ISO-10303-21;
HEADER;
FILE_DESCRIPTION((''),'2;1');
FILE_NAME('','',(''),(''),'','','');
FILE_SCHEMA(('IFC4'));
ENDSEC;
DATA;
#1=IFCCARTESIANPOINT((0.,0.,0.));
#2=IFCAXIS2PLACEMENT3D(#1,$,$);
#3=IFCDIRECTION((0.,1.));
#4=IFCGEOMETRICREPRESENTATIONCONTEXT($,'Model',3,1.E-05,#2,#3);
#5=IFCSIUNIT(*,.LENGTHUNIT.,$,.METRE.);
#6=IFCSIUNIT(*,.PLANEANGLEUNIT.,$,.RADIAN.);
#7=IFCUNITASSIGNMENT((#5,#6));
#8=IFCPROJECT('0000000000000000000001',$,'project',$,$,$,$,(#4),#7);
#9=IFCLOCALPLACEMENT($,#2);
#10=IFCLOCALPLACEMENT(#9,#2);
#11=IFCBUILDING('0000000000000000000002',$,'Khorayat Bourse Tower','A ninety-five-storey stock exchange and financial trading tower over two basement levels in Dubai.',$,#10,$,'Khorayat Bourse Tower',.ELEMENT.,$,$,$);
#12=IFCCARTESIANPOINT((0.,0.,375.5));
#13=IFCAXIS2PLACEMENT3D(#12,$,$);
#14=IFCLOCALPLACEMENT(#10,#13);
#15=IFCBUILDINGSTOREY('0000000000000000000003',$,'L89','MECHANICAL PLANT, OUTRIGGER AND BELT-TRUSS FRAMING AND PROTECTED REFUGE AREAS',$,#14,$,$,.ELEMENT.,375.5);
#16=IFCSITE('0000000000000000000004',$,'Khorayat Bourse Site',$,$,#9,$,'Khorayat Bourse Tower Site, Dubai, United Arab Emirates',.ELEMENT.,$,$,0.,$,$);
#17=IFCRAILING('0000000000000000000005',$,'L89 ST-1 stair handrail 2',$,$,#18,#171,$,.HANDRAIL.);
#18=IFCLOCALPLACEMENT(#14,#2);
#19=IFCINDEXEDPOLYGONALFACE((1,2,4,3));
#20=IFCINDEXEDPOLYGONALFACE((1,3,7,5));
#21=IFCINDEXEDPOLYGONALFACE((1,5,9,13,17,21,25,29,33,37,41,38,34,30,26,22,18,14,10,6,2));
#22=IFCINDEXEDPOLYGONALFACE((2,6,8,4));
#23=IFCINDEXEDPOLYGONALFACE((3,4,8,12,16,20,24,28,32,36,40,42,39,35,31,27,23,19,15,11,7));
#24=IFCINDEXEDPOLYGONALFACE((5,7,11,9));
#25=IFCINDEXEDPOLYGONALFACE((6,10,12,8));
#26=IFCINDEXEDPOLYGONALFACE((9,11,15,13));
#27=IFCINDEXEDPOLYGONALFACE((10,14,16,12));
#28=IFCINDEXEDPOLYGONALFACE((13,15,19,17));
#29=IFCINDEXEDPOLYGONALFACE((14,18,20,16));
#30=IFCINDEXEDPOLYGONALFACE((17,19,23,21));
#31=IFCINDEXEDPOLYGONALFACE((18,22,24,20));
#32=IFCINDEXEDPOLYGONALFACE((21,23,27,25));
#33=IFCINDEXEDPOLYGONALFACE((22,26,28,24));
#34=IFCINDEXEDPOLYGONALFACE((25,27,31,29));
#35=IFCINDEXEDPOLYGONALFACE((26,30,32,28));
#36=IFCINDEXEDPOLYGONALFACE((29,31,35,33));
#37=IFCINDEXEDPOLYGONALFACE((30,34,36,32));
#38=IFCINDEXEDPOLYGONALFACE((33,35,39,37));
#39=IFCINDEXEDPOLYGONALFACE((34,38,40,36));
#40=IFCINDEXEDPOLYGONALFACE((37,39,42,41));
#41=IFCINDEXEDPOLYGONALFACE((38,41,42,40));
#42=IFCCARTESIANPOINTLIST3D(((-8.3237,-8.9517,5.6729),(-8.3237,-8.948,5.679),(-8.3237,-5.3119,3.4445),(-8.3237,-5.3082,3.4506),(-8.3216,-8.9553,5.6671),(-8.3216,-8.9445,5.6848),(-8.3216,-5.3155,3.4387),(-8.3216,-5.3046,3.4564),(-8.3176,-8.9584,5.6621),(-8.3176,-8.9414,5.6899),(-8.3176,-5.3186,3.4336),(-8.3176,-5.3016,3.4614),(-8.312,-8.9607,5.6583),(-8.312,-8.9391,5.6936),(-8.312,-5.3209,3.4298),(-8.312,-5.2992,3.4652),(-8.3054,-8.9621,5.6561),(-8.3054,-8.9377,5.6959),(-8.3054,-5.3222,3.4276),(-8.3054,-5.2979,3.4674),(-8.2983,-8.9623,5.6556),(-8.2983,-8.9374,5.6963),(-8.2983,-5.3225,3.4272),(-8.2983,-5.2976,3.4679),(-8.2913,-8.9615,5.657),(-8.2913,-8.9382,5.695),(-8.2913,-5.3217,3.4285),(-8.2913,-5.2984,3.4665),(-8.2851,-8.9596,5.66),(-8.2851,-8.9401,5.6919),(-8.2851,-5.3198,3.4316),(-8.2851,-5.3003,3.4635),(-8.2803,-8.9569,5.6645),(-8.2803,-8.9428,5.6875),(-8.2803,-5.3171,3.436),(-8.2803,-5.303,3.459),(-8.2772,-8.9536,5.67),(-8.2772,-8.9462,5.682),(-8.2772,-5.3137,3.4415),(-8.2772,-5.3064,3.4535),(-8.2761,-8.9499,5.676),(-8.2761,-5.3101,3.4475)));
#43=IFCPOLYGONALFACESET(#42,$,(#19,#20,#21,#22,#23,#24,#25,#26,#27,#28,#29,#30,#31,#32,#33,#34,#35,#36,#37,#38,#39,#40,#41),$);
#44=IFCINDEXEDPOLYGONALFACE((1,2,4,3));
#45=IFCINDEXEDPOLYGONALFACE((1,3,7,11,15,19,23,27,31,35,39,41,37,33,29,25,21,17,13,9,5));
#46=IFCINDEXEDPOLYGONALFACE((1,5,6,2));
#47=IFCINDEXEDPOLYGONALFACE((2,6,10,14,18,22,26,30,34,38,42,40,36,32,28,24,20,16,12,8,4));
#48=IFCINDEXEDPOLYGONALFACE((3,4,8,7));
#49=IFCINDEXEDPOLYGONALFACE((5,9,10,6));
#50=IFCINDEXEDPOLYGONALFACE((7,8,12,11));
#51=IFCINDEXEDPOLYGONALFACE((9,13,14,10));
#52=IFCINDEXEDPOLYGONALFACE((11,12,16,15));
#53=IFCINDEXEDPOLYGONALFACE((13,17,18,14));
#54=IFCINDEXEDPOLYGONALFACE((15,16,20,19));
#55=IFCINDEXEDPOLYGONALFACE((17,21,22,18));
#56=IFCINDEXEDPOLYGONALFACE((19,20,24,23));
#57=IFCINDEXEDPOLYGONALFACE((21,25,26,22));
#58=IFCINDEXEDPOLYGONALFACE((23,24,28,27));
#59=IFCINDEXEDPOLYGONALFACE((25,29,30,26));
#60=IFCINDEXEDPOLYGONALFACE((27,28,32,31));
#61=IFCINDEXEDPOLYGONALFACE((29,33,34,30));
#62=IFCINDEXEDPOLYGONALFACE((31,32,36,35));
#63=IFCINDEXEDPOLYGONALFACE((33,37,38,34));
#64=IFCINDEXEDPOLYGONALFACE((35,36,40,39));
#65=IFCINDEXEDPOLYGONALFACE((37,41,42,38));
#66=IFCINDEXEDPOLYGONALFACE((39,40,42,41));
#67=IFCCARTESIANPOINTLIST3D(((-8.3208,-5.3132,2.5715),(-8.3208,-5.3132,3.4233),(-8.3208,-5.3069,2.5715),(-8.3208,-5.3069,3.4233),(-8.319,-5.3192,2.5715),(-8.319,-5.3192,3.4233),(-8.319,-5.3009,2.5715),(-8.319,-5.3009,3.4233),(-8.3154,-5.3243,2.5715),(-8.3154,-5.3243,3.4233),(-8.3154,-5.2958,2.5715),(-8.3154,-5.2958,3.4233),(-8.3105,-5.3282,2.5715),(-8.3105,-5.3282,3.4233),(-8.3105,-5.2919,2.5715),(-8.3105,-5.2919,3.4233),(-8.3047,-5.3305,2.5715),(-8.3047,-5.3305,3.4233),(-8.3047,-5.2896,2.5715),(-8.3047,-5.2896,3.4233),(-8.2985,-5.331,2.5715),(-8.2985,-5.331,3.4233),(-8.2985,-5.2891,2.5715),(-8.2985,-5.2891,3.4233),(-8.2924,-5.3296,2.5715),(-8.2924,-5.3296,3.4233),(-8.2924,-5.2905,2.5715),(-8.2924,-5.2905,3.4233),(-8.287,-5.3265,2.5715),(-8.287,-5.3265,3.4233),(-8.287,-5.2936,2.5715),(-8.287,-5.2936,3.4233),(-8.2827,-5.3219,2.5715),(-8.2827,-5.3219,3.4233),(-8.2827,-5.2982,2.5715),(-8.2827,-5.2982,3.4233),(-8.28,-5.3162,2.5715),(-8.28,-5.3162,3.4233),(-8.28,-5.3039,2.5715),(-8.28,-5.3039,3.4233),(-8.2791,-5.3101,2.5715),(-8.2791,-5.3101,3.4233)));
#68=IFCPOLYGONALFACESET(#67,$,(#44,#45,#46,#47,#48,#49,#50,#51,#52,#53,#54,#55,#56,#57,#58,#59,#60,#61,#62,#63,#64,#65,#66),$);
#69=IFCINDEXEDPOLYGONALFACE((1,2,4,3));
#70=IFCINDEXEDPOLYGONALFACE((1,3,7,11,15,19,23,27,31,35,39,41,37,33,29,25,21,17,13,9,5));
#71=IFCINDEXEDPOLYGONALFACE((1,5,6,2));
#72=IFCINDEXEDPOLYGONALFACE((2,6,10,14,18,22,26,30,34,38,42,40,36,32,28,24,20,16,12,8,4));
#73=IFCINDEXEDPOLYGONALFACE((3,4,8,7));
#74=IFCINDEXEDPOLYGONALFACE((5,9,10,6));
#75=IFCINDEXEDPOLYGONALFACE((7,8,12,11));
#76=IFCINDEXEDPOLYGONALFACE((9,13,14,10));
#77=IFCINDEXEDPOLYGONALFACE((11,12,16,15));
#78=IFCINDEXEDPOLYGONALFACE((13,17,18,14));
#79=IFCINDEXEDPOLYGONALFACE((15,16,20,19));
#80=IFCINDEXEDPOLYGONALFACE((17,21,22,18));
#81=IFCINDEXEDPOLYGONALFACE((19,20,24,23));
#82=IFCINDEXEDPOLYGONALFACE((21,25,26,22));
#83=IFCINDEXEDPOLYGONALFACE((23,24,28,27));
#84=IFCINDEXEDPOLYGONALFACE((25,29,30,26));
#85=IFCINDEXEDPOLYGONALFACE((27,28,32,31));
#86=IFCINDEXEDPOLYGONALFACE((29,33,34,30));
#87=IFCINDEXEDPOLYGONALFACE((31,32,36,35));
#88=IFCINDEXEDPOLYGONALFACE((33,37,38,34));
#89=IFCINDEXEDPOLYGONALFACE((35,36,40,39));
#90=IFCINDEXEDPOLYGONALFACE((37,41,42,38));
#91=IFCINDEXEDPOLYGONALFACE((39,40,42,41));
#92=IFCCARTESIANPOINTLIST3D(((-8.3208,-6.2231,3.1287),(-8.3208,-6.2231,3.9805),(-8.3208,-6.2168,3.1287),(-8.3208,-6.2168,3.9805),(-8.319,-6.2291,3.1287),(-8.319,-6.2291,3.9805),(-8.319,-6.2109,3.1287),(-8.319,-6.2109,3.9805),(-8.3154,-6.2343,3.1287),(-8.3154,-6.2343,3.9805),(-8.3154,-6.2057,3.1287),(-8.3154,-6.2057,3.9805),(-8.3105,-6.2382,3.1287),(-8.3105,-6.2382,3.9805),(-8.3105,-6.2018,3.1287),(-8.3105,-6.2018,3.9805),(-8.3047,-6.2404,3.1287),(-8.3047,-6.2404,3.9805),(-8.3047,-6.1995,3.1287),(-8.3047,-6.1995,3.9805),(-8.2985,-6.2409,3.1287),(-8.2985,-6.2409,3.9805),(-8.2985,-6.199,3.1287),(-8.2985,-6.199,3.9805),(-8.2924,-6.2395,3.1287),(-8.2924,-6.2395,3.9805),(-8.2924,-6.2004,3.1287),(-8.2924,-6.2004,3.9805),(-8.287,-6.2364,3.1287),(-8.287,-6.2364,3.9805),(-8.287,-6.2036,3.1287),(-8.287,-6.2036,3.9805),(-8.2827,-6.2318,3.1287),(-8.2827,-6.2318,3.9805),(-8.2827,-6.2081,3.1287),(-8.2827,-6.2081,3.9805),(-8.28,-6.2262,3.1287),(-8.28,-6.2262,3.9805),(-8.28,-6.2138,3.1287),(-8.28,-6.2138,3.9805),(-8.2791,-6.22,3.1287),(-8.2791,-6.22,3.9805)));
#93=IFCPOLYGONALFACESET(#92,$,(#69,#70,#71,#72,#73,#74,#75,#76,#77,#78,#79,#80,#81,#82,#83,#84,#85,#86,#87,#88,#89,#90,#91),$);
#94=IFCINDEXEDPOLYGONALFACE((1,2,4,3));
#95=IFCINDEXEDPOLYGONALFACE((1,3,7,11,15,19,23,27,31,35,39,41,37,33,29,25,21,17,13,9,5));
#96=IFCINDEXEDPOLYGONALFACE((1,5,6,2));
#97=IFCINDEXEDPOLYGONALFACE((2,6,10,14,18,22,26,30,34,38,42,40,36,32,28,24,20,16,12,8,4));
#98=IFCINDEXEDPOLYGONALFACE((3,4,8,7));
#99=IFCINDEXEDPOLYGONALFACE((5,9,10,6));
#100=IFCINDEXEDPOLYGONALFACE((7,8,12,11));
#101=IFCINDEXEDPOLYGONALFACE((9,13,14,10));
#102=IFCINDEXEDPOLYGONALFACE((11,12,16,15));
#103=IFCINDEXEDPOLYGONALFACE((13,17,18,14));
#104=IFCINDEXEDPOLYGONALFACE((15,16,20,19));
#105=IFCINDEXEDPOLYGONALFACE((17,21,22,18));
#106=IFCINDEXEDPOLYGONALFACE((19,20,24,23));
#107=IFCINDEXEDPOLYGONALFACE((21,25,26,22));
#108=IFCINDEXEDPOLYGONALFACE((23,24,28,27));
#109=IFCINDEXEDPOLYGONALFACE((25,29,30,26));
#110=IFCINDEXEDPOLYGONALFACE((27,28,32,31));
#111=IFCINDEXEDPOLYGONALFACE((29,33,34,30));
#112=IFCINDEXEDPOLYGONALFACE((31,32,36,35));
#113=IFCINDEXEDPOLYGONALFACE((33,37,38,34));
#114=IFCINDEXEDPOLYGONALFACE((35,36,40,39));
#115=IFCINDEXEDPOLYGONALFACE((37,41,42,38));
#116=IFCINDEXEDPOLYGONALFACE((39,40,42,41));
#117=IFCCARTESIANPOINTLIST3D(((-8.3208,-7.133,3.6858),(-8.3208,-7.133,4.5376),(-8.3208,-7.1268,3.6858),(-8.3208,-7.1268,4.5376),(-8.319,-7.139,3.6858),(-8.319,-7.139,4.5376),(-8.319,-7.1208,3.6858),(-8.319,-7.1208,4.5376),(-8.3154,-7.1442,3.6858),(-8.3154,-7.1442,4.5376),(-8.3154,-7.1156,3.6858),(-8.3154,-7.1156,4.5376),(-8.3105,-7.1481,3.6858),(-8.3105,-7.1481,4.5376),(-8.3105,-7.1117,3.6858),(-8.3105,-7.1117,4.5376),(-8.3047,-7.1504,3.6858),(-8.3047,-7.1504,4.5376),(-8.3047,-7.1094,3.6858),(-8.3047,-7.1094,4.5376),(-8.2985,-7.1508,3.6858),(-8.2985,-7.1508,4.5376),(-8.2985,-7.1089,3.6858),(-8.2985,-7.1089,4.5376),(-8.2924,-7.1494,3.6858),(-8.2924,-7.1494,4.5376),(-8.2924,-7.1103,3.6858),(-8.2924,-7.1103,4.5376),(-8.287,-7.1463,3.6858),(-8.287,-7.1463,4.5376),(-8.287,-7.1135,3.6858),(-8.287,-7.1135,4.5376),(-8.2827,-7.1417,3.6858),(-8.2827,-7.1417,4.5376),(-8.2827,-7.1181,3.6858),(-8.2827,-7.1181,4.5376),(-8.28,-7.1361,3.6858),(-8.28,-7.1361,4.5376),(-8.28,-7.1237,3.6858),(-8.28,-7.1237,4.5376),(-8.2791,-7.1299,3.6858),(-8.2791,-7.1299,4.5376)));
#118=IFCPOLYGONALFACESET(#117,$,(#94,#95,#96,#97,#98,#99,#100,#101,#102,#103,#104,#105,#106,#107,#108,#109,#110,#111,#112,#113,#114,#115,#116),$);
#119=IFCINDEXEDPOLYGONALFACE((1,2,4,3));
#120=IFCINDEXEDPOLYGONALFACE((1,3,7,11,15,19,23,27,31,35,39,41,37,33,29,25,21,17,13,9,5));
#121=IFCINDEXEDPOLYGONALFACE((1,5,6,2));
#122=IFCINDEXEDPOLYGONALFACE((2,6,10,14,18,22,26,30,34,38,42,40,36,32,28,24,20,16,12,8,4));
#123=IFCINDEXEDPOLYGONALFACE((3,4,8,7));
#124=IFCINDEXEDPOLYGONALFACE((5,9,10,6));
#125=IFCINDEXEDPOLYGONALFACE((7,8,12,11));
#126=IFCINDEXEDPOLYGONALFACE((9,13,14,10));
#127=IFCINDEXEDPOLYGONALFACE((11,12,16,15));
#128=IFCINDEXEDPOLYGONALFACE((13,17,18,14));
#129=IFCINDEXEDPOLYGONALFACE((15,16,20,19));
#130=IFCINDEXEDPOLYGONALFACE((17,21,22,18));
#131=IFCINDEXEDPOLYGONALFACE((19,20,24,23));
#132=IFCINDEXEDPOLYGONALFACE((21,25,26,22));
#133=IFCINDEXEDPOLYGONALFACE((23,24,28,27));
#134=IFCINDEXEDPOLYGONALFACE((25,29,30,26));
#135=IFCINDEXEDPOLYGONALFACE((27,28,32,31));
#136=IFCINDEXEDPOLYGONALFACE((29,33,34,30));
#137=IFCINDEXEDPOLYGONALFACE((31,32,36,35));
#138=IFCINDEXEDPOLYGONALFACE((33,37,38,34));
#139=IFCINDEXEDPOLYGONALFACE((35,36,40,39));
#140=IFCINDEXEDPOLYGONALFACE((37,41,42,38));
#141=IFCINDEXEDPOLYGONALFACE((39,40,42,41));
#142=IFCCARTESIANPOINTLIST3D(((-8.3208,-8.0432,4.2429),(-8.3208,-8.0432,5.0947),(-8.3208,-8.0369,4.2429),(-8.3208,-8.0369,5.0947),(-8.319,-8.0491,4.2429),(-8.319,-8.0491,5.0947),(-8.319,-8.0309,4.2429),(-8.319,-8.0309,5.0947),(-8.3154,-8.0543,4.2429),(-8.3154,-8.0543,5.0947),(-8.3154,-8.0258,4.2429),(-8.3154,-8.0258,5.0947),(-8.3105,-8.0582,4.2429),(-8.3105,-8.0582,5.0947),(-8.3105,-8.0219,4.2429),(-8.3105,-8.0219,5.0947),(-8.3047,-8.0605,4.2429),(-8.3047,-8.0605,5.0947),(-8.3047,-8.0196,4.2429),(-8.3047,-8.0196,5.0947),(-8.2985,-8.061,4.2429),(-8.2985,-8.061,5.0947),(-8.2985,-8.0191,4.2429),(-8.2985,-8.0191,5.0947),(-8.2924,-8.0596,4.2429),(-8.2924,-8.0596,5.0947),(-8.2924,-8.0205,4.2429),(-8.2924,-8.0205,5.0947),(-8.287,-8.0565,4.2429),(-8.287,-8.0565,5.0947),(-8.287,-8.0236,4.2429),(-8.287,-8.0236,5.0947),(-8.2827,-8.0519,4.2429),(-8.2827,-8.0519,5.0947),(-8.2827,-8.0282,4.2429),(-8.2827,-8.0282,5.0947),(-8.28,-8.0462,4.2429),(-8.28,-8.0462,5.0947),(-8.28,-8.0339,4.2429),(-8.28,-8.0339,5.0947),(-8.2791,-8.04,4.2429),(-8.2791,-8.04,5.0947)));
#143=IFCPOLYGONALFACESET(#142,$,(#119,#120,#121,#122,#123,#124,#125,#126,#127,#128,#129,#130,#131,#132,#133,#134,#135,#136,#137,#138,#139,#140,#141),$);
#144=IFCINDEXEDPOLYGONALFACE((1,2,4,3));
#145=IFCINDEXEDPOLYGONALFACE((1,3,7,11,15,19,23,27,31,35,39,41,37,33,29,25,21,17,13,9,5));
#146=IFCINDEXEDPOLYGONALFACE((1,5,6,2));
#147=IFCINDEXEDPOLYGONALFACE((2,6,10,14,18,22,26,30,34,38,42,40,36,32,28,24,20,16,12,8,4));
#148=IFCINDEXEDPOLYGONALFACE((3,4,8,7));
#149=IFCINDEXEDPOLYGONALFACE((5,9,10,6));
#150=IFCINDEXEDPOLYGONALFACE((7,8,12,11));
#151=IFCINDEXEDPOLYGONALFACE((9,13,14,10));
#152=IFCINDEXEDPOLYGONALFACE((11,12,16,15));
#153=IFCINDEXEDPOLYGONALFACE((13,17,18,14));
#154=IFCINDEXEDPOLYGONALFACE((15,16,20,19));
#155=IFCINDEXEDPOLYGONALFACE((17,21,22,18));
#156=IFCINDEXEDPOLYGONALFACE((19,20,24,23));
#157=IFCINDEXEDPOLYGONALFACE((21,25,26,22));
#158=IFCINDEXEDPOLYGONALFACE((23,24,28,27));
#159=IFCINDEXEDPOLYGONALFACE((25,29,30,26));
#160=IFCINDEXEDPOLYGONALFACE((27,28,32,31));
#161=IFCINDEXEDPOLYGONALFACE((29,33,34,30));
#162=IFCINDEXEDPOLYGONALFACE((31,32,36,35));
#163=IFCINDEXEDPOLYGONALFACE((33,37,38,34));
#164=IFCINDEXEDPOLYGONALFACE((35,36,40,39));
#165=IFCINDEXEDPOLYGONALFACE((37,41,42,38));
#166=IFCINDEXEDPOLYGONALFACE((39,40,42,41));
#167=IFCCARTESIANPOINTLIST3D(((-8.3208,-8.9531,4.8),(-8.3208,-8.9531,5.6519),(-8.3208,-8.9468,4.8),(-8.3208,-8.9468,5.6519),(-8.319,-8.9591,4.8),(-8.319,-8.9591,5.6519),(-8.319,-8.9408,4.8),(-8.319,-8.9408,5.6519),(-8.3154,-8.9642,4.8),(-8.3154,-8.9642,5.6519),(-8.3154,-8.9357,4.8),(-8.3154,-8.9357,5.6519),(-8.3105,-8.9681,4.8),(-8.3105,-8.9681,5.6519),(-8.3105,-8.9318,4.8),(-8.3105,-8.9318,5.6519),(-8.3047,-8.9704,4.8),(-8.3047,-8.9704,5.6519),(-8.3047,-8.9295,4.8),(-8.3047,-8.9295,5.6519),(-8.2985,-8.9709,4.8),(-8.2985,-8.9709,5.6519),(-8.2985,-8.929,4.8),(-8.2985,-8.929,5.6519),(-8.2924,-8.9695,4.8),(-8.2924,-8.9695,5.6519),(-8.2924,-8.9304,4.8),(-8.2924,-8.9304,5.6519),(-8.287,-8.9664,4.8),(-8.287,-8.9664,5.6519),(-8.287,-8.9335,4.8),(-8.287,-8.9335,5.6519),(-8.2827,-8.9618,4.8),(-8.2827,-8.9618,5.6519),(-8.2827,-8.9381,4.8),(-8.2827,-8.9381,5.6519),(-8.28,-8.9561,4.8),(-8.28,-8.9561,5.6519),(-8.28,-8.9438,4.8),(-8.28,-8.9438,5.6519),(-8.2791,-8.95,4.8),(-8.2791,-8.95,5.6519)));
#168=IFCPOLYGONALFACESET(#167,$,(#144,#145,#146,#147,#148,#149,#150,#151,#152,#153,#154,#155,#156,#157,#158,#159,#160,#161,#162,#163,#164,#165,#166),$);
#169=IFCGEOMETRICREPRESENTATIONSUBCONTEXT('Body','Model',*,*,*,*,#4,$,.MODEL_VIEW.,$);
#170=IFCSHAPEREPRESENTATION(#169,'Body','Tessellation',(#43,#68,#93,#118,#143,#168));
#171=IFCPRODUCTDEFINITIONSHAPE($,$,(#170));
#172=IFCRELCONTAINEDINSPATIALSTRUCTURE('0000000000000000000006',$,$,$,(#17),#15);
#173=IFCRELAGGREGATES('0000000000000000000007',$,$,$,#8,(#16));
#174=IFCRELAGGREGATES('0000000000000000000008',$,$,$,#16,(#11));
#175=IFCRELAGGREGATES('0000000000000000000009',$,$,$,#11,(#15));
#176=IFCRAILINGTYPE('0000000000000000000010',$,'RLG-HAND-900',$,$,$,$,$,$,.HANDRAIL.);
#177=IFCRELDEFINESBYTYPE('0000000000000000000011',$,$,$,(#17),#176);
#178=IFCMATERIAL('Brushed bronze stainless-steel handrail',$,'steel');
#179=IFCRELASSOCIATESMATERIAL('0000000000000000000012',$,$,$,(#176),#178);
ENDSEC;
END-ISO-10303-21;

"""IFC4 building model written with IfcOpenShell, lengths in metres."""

from ifc_helpers import new_model, si_unit, direction, frame, origin, origin_2d, place, context, subcontext, project, spatial, circle, extrude, source, transform, mapped, material, type_object, element, save


model = new_model("IFC4")

# Units and contexts
model_context = context("Model", 3, precision=1e-05, world=origin(), true_north=direction((0.0, 1.0)))
body_context = subcontext(model_context, "Body", "Model", "MODEL_VIEW")
ifc_project = project(units=[si_unit("LENGTHUNIT", "METRE"), si_unit("PLANEANGLEUNIT", "RADIAN")], contexts=[model_context])

# Site, building, storey
site_placement = place(None, origin())
site = spatial("IfcSite", under=ifc_project, at=site_placement, Name="Khorayat Bourse Site", LongName="Khorayat Bourse Tower Site, Dubai, United Arab Emirates", CompositionType="ELEMENT", RefElevation=0.0)
building_placement = place(site_placement, origin())
building = spatial("IfcBuilding", under=site, at=building_placement, Name="Khorayat Bourse Tower", Description="A ninety-five-storey stock exchange and financial trading tower over two basement levels in Dubai.", LongName="Khorayat Bourse Tower", CompositionType="ELEMENT")
storey_placement = place(building_placement, frame((0.0, 0.0, 375.5)))
storey = spatial("IfcBuildingStorey", under=building, at=storey_placement, Name="L89", Description="MECHANICAL PLANT, OUTRIGGER AND BELT-TRUSS FRAMING AND PROTECTED REFUGE AREAS", CompositionType="ELEMENT", Elevation=375.5)

# Railing
ifc_material_1 = material(Name="Brushed bronze stainless-steel handrail", Category="steel")
railing_type_1 = type_object("IfcRailingType", Name="RLG-HAND-900", PredefinedType="HANDRAIL", material=ifc_material_1)
shared_shape_1 = source(origin(), body_context, "Body", "SweptSolid", [
    extrude(circle(Radius=0.0239, at=origin_2d()), frame((0.0, 0.0, 0.876), z_axis=(0.0, -0.85285, 0.522156), x_axis=(1.0, 0.0, 0.0)), (0.0, 0.0, 1.0), 4.2678),
    extrude(circle(Radius=0.021, at=origin_2d()), origin(), (0.0, 0.0, 1.0), 0.8518),
    extrude(circle(Radius=0.021, at=origin_2d()), frame((0.0, -0.9099, 0.5571)), (0.0, 0.0, 1.0), 0.8518),
    extrude(circle(Radius=0.021, at=origin_2d()), frame((0.0, -1.8198, 1.1143)), (0.0, 0.0, 1.0), 0.8518),
    extrude(circle(Radius=0.021, at=origin_2d()), frame((0.0, -2.73, 1.6714)), (0.0, 0.0, 1.0), 0.8518),
    extrude(circle(Radius=0.021, at=origin_2d()), frame((0.0, -3.6399, 2.2285)), (0.0, 0.0, 1.0), 0.8518),
])
railing_1_placement = place(storey_placement, frame((-8.3, -5.3101, 2.5715)))
element("IfcRailing", 1, at=railing_1_placement, inside=storey, type_object=railing_type_1, Name="L89 ST-1 stair handrail 2", PredefinedType="HANDRAIL", context=body_context, shape_type="MappedRepresentation", body=[
    mapped(shared_shape_1, transform((0.0, 0.0, 0.0), scale=1.0)),
])

save(model, "model.ifc")
